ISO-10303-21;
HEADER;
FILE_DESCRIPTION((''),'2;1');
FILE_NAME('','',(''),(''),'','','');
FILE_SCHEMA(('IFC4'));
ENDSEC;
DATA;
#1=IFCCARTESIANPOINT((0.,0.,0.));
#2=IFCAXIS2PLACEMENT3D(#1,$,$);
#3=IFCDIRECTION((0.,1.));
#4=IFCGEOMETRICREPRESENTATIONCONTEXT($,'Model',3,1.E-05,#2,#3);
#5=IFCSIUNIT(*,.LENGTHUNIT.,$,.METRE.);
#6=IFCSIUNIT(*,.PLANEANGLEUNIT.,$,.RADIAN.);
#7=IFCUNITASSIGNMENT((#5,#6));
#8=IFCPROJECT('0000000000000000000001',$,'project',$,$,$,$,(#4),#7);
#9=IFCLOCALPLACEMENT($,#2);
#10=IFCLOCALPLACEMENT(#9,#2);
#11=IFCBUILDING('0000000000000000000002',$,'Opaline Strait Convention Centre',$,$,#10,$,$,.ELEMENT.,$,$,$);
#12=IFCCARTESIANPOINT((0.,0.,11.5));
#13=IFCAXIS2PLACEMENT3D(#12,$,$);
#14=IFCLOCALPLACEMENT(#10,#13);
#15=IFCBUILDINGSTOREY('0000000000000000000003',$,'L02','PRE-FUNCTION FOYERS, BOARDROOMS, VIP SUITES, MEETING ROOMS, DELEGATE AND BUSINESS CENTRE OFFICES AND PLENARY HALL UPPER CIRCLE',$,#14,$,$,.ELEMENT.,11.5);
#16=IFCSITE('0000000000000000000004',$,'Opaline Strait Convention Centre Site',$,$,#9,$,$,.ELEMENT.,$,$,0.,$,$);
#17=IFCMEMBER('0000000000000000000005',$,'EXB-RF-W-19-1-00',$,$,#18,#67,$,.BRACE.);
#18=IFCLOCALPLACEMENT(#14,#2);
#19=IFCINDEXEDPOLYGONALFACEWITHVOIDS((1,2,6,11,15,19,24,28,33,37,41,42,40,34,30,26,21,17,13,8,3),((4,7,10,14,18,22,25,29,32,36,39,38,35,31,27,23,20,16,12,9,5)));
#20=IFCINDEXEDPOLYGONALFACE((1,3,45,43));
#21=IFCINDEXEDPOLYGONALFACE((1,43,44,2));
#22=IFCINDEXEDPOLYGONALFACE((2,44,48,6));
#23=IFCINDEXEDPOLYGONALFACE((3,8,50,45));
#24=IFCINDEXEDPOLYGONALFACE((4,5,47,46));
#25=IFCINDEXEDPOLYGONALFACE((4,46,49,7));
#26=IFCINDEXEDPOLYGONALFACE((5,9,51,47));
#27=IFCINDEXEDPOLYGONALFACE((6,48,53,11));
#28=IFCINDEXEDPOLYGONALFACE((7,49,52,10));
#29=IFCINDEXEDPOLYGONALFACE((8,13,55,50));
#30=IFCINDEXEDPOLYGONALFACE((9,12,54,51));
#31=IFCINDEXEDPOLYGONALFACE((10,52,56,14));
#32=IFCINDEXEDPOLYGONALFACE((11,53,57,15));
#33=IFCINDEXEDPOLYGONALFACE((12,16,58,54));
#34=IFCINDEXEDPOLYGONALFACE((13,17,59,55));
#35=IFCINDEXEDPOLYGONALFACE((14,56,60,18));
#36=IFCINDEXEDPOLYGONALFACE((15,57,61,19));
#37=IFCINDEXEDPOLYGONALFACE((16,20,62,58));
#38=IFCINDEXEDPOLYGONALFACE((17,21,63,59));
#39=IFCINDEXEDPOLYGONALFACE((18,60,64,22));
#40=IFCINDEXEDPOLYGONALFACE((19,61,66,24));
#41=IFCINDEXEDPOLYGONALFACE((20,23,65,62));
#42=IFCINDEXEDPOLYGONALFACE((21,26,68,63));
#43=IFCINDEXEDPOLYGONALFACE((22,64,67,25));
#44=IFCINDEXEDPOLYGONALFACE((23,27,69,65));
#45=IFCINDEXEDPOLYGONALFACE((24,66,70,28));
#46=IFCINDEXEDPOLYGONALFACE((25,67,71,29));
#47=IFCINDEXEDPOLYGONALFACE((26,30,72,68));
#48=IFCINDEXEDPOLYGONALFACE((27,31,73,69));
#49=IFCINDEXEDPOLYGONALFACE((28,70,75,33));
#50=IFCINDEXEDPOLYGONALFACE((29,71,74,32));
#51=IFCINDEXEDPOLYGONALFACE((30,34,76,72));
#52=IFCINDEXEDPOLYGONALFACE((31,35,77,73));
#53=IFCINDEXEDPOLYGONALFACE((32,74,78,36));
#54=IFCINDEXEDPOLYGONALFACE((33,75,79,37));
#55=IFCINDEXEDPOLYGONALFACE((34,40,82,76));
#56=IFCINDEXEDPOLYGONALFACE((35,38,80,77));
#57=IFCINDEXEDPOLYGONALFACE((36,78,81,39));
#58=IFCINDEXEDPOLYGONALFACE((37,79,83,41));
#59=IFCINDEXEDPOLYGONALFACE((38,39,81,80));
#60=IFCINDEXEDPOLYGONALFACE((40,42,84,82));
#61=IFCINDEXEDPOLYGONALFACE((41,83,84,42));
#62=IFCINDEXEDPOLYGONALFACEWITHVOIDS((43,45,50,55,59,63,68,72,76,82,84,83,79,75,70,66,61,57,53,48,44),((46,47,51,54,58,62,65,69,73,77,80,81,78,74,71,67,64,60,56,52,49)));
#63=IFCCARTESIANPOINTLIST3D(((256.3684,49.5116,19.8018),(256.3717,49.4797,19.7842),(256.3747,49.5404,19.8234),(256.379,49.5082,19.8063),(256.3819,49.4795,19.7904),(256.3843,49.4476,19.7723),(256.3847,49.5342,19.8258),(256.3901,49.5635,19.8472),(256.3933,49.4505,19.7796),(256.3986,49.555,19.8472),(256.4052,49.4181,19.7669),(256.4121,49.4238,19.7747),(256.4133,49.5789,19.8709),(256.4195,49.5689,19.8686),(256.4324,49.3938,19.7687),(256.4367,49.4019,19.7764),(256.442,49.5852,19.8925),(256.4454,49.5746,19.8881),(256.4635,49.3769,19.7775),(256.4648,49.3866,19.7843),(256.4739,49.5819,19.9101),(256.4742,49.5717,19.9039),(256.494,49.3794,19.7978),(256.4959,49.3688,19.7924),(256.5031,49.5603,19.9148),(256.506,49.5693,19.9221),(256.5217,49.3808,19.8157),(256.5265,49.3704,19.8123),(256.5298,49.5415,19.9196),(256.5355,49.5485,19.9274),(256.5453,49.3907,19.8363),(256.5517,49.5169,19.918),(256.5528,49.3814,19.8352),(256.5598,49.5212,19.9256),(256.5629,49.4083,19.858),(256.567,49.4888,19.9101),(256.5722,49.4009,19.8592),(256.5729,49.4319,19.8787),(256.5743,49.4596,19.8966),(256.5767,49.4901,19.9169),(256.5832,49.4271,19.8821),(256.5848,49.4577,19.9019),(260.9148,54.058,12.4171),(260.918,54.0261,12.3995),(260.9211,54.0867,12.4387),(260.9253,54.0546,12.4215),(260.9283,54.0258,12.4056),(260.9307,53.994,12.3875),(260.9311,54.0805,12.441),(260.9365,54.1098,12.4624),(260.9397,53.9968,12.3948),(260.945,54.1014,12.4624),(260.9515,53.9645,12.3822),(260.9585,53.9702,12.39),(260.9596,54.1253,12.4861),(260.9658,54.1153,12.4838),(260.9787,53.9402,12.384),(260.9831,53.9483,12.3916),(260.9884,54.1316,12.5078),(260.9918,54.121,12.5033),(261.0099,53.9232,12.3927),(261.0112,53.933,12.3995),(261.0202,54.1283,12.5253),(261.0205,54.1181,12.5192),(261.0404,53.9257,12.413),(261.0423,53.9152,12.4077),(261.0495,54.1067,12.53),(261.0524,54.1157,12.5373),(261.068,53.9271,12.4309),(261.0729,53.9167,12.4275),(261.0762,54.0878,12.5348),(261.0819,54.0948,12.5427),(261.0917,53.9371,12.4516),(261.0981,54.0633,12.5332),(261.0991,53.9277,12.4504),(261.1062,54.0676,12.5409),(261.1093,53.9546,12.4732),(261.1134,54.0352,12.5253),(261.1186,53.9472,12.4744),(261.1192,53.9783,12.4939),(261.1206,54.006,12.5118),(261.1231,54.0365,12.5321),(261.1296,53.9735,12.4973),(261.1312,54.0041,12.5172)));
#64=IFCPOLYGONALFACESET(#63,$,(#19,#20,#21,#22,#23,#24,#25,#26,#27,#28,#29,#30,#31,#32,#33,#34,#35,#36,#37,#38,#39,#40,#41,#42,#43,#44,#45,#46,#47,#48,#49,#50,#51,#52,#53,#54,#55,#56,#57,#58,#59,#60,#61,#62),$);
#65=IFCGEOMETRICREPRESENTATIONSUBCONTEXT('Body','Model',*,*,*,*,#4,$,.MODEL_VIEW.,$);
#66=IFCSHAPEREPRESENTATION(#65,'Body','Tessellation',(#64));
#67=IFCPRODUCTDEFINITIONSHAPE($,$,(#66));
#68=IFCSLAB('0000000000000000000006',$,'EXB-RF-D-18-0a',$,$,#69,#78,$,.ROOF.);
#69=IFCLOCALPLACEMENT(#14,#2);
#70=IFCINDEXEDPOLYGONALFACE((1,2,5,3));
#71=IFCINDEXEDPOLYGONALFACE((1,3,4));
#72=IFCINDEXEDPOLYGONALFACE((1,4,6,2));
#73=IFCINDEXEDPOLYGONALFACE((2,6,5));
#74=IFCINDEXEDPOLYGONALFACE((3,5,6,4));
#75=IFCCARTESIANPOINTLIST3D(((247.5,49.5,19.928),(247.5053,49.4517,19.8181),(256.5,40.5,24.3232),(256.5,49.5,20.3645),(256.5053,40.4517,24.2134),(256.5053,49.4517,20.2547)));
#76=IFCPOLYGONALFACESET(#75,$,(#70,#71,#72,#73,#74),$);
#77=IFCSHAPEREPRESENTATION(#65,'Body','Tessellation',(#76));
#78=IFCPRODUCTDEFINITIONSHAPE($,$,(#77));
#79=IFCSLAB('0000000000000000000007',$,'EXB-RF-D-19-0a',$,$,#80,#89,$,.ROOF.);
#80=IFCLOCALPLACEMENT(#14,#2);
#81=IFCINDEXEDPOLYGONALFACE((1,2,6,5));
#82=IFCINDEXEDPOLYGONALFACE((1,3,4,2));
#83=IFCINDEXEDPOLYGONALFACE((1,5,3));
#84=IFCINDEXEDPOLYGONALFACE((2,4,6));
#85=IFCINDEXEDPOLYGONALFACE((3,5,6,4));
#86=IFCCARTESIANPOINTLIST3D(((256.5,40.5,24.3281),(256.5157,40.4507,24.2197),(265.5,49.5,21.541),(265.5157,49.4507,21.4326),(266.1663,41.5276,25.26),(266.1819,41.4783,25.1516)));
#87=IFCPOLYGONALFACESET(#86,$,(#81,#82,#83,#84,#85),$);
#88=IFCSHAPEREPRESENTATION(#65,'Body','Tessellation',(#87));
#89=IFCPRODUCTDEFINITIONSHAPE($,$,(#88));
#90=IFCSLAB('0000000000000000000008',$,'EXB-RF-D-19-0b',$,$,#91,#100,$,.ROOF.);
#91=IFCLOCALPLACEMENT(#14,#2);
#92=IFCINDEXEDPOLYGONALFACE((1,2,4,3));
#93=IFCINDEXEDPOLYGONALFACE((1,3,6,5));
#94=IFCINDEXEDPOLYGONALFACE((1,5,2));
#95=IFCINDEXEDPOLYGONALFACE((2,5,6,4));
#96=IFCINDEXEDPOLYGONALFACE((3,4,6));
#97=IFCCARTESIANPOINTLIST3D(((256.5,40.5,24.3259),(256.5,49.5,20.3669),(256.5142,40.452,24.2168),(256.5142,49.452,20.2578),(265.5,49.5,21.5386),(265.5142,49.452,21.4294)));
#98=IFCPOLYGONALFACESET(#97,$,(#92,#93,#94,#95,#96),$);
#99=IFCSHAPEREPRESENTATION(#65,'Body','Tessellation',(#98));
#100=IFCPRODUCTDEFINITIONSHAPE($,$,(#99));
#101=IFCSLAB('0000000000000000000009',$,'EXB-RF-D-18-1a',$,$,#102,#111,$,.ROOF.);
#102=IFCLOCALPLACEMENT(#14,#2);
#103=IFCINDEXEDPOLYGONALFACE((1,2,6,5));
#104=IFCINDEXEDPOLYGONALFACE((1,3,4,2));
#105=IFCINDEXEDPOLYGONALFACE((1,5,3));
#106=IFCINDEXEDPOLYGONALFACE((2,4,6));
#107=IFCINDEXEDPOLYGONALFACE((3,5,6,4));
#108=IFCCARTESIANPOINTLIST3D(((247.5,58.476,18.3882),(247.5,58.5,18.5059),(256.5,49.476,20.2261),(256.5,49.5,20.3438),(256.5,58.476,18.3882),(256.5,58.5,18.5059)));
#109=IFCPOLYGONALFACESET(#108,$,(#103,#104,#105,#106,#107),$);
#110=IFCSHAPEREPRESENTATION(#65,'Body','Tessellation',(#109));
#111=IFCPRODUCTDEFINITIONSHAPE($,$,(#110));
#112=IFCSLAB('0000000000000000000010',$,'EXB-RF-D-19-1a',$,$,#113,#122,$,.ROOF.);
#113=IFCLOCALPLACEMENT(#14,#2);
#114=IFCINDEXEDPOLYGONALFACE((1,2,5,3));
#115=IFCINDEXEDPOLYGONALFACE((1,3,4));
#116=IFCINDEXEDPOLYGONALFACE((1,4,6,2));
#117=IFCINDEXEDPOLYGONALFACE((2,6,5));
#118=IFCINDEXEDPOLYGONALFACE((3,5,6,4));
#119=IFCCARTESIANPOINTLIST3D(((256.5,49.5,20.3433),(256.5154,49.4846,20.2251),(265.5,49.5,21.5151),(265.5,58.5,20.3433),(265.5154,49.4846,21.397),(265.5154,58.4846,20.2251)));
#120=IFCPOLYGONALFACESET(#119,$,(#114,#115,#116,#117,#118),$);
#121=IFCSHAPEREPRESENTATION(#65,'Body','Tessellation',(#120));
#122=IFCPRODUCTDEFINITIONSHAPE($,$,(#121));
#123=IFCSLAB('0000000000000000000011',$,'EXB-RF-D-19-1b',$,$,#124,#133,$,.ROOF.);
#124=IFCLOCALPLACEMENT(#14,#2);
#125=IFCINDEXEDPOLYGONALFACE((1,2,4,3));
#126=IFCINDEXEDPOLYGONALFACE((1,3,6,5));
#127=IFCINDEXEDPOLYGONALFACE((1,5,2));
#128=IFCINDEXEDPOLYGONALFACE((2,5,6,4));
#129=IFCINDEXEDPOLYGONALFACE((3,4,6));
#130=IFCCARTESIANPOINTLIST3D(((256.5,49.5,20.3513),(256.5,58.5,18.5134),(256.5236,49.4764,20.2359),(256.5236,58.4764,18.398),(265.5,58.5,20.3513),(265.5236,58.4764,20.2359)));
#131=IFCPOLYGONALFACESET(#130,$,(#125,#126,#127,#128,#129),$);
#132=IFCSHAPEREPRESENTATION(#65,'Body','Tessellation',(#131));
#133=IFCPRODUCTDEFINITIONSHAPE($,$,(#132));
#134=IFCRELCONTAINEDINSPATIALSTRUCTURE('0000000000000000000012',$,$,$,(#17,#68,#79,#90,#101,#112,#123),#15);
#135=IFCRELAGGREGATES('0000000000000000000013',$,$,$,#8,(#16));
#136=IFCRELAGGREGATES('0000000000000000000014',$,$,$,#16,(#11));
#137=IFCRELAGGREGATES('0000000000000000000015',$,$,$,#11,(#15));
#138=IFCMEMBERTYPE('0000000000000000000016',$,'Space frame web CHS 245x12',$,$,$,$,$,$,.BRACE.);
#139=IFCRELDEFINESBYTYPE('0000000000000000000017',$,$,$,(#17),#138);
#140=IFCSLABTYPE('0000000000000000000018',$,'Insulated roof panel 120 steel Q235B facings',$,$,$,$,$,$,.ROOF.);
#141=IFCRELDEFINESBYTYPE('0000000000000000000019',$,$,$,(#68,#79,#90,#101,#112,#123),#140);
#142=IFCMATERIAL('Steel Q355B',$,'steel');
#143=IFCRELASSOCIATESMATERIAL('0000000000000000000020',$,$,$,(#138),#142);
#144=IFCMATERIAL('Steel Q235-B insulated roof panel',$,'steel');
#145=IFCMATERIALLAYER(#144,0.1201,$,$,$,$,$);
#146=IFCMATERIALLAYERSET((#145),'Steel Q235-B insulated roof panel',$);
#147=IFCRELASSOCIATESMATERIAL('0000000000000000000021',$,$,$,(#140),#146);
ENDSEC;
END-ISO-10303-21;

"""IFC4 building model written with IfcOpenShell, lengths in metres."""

from ifc_helpers import new_model, si_unit, direction, frame, origin, origin_2d, place, context, subcontext, project, spatial, polyline, hollow_circle, outline, extrude, material, layer, layer_set, material_profile, profile_set, type_object, element, save


model = new_model("IFC4")

# Units and contexts
model_context = context("Model", 3, precision=1e-05, world=origin(), true_north=direction((0.0, 1.0)))
body_context = subcontext(model_context, "Body", "Model", "MODEL_VIEW")
ifc_project = project(units=[si_unit("LENGTHUNIT", "METRE"), si_unit("PLANEANGLEUNIT", "RADIAN")], contexts=[model_context])

# Site, building, storey
site_placement = place(None, origin())
site = spatial("IfcSite", under=ifc_project, at=site_placement, Name="Opaline Strait Convention Centre Site", CompositionType="ELEMENT", RefElevation=0.0)
building_placement = place(site_placement, origin())
building = spatial("IfcBuilding", under=site, at=building_placement, Name="Opaline Strait Convention Centre", CompositionType="ELEMENT")
storey_placement = place(building_placement, frame((0.0, 0.0, 11.5)))
storey = spatial("IfcBuildingStorey", under=building, at=storey_placement, Name="L02", Description="PRE-FUNCTION FOYERS, BOARDROOMS, VIP SUITES, MEETING ROOMS, DELEGATE AND BUSINESS CENTRE OFFICES AND PLENARY HALL UPPER CIRCLE", CompositionType="ELEMENT", Elevation=11.5)

# Member
ifc_material_1 = material(Name="Steel Q355B", Category="steel")
ifc_material_profile_1 = material_profile(ifc_material_1, hollow_circle(Radius=0.1226, WallThickness=0.012, at=origin_2d()), Name="CHS 245x12")
ifc_profile_set_1 = profile_set([ifc_material_profile_1], Name="Steel Q355B")
member_type_1 = type_object("IfcMemberType", Name="Space frame web CHS 245x12", PredefinedType="BRACE", material=ifc_profile_set_1)
member_1_placement = place(storey_placement, frame((256.4768, 49.4768, 19.8472), z_axis=(0.464318, 0.464318, -0.754199), x_axis=(-0.707107, 0.707107, 0.0)))
element("IfcMember", 1, at=member_1_placement, inside=storey, type_object=member_type_1, Name="EXB-RF-W-19-1-00", PredefinedType="BRACE", context=body_context, shape_type="SweptSolid", body=[
    extrude(hollow_circle(Radius=0.1226, WallThickness=0.012, at=origin_2d()), origin(), (0.0, 0.0, 1.0), 9.7915),
])

# Slabs
ifc_material_2 = material(Name="Steel Q235-B insulated roof panel", Category="steel")
ifc_layer = layer(ifc_material_2, 0.1201)
ifc_layer_set = layer_set([ifc_layer], Name="Steel Q235-B insulated roof panel")
slab_type = type_object("IfcSlabType", Name="Insulated roof panel 120 steel Q235B facings", PredefinedType="ROOF", material=ifc_layer_set)
slab_1_placement = place(storey_placement, frame((256.5, 40.5, 24.3232), z_axis=(-0.044354, 0.402235, 0.914461), x_axis=(0.0, 0.915362, -0.402631)))
element("IfcSlab", 2, at=slab_1_placement, inside=storey, type_object=slab_type, Name="EXB-RF-D-18-0a", PredefinedType="ROOF", context=body_context, shape_type="SweptSolid", body=[
    extrude(outline(polyline([(0.0, 0.0), (9.8322, 0.0), (10.0079, 9.0089), (0.0, 0.0)])), origin(), (0.0, 0.0, -1.0), 0.1201),
])
slab_2_placement = place(storey_placement, frame((256.5, 40.5, 24.3281), z_axis=(-0.130619, 0.410141, 0.90262), x_axis=(0.989859, 0.105229, 0.095428)))
element("IfcSlab", 3, at=slab_2_placement, inside=storey, type_object=slab_type, Name="EXB-RF-D-19-0a", PredefinedType="ROOF", context=body_context, shape_type="SweptSolid", body=[
    extrude(outline(polyline([(0.0, 0.0), (9.7653, 0.0), (9.5898, 8.8206), (0.0, 0.0)])), origin(), (0.0, 0.0, -1.0), 0.1201),
])
slab_3_placement = place(storey_placement, frame((256.5, 40.5, 24.3259), z_axis=(-0.118325, 0.399823, 0.908923), x_axis=(0.690737, 0.690737, -0.213925)))
element("IfcSlab", 4, at=slab_3_placement, inside=storey, type_object=slab_type, Name="EXB-RF-D-19-0b", PredefinedType="ROOF", context=body_context, shape_type="SweptSolid", body=[
    extrude(outline(polyline([(0.0, 0.0), (13.0296, 0.0), (7.0636, 6.8396), (0.0, 0.0)])), origin(), (0.0, 0.0, -1.0), 0.1201),
])
slab_4_placement = place(storey_placement, frame((256.5, 49.5, 20.3438), z_axis=(0.0, 0.200081, 0.979779), x_axis=(0.0, 0.979779, -0.200081)))
element("IfcSlab", 5, at=slab_4_placement, inside=storey, type_object=slab_type, Name="EXB-RF-D-18-1a", PredefinedType="ROOF", context=body_context, shape_type="SweptSolid", body=[
    extrude(outline(polyline([(0.0, 0.0), (9.1857, 0.0), (9.1857, 9.0), (0.0, 0.0)])), origin(), (0.0, 0.0, -1.0), 0.1201),
])
slab_5_placement = place(storey_placement, frame((256.5, 49.5, 20.3433), z_axis=(-0.128055, 0.128055, 0.983465), x_axis=(0.991629, 0.0, 0.129118)))
element("IfcSlab", 6, at=slab_5_placement, inside=storey, type_object=slab_type, Name="EXB-RF-D-19-1a", PredefinedType="ROOF", context=body_context, shape_type="SweptSolid", body=[
    extrude(outline(polyline([(0.0, 0.0), (9.076, 0.0), (8.9247, 9.0747), (0.0, 0.0)])), origin(), (0.0, 0.0, -1.0), 0.1201),
])
slab_6_placement = place(storey_placement, frame((256.5, 49.5, 20.3513), z_axis=(-0.196192, 0.196192, 0.960738), x_axis=(0.707107, 0.707107, 0.0)))
element("IfcSlab", 7, at=slab_6_placement, inside=storey, type_object=slab_type, Name="EXB-RF-D-19-1b", PredefinedType="ROOF", context=body_context, shape_type="SweptSolid", body=[
    extrude(outline(polyline([(0.0, 0.0), (12.7279, 0.0), (6.364, 6.624), (0.0, 0.0)])), origin(), (0.0, 0.0, -1.0), 0.1201),
])

save(model, "model.ifc")
